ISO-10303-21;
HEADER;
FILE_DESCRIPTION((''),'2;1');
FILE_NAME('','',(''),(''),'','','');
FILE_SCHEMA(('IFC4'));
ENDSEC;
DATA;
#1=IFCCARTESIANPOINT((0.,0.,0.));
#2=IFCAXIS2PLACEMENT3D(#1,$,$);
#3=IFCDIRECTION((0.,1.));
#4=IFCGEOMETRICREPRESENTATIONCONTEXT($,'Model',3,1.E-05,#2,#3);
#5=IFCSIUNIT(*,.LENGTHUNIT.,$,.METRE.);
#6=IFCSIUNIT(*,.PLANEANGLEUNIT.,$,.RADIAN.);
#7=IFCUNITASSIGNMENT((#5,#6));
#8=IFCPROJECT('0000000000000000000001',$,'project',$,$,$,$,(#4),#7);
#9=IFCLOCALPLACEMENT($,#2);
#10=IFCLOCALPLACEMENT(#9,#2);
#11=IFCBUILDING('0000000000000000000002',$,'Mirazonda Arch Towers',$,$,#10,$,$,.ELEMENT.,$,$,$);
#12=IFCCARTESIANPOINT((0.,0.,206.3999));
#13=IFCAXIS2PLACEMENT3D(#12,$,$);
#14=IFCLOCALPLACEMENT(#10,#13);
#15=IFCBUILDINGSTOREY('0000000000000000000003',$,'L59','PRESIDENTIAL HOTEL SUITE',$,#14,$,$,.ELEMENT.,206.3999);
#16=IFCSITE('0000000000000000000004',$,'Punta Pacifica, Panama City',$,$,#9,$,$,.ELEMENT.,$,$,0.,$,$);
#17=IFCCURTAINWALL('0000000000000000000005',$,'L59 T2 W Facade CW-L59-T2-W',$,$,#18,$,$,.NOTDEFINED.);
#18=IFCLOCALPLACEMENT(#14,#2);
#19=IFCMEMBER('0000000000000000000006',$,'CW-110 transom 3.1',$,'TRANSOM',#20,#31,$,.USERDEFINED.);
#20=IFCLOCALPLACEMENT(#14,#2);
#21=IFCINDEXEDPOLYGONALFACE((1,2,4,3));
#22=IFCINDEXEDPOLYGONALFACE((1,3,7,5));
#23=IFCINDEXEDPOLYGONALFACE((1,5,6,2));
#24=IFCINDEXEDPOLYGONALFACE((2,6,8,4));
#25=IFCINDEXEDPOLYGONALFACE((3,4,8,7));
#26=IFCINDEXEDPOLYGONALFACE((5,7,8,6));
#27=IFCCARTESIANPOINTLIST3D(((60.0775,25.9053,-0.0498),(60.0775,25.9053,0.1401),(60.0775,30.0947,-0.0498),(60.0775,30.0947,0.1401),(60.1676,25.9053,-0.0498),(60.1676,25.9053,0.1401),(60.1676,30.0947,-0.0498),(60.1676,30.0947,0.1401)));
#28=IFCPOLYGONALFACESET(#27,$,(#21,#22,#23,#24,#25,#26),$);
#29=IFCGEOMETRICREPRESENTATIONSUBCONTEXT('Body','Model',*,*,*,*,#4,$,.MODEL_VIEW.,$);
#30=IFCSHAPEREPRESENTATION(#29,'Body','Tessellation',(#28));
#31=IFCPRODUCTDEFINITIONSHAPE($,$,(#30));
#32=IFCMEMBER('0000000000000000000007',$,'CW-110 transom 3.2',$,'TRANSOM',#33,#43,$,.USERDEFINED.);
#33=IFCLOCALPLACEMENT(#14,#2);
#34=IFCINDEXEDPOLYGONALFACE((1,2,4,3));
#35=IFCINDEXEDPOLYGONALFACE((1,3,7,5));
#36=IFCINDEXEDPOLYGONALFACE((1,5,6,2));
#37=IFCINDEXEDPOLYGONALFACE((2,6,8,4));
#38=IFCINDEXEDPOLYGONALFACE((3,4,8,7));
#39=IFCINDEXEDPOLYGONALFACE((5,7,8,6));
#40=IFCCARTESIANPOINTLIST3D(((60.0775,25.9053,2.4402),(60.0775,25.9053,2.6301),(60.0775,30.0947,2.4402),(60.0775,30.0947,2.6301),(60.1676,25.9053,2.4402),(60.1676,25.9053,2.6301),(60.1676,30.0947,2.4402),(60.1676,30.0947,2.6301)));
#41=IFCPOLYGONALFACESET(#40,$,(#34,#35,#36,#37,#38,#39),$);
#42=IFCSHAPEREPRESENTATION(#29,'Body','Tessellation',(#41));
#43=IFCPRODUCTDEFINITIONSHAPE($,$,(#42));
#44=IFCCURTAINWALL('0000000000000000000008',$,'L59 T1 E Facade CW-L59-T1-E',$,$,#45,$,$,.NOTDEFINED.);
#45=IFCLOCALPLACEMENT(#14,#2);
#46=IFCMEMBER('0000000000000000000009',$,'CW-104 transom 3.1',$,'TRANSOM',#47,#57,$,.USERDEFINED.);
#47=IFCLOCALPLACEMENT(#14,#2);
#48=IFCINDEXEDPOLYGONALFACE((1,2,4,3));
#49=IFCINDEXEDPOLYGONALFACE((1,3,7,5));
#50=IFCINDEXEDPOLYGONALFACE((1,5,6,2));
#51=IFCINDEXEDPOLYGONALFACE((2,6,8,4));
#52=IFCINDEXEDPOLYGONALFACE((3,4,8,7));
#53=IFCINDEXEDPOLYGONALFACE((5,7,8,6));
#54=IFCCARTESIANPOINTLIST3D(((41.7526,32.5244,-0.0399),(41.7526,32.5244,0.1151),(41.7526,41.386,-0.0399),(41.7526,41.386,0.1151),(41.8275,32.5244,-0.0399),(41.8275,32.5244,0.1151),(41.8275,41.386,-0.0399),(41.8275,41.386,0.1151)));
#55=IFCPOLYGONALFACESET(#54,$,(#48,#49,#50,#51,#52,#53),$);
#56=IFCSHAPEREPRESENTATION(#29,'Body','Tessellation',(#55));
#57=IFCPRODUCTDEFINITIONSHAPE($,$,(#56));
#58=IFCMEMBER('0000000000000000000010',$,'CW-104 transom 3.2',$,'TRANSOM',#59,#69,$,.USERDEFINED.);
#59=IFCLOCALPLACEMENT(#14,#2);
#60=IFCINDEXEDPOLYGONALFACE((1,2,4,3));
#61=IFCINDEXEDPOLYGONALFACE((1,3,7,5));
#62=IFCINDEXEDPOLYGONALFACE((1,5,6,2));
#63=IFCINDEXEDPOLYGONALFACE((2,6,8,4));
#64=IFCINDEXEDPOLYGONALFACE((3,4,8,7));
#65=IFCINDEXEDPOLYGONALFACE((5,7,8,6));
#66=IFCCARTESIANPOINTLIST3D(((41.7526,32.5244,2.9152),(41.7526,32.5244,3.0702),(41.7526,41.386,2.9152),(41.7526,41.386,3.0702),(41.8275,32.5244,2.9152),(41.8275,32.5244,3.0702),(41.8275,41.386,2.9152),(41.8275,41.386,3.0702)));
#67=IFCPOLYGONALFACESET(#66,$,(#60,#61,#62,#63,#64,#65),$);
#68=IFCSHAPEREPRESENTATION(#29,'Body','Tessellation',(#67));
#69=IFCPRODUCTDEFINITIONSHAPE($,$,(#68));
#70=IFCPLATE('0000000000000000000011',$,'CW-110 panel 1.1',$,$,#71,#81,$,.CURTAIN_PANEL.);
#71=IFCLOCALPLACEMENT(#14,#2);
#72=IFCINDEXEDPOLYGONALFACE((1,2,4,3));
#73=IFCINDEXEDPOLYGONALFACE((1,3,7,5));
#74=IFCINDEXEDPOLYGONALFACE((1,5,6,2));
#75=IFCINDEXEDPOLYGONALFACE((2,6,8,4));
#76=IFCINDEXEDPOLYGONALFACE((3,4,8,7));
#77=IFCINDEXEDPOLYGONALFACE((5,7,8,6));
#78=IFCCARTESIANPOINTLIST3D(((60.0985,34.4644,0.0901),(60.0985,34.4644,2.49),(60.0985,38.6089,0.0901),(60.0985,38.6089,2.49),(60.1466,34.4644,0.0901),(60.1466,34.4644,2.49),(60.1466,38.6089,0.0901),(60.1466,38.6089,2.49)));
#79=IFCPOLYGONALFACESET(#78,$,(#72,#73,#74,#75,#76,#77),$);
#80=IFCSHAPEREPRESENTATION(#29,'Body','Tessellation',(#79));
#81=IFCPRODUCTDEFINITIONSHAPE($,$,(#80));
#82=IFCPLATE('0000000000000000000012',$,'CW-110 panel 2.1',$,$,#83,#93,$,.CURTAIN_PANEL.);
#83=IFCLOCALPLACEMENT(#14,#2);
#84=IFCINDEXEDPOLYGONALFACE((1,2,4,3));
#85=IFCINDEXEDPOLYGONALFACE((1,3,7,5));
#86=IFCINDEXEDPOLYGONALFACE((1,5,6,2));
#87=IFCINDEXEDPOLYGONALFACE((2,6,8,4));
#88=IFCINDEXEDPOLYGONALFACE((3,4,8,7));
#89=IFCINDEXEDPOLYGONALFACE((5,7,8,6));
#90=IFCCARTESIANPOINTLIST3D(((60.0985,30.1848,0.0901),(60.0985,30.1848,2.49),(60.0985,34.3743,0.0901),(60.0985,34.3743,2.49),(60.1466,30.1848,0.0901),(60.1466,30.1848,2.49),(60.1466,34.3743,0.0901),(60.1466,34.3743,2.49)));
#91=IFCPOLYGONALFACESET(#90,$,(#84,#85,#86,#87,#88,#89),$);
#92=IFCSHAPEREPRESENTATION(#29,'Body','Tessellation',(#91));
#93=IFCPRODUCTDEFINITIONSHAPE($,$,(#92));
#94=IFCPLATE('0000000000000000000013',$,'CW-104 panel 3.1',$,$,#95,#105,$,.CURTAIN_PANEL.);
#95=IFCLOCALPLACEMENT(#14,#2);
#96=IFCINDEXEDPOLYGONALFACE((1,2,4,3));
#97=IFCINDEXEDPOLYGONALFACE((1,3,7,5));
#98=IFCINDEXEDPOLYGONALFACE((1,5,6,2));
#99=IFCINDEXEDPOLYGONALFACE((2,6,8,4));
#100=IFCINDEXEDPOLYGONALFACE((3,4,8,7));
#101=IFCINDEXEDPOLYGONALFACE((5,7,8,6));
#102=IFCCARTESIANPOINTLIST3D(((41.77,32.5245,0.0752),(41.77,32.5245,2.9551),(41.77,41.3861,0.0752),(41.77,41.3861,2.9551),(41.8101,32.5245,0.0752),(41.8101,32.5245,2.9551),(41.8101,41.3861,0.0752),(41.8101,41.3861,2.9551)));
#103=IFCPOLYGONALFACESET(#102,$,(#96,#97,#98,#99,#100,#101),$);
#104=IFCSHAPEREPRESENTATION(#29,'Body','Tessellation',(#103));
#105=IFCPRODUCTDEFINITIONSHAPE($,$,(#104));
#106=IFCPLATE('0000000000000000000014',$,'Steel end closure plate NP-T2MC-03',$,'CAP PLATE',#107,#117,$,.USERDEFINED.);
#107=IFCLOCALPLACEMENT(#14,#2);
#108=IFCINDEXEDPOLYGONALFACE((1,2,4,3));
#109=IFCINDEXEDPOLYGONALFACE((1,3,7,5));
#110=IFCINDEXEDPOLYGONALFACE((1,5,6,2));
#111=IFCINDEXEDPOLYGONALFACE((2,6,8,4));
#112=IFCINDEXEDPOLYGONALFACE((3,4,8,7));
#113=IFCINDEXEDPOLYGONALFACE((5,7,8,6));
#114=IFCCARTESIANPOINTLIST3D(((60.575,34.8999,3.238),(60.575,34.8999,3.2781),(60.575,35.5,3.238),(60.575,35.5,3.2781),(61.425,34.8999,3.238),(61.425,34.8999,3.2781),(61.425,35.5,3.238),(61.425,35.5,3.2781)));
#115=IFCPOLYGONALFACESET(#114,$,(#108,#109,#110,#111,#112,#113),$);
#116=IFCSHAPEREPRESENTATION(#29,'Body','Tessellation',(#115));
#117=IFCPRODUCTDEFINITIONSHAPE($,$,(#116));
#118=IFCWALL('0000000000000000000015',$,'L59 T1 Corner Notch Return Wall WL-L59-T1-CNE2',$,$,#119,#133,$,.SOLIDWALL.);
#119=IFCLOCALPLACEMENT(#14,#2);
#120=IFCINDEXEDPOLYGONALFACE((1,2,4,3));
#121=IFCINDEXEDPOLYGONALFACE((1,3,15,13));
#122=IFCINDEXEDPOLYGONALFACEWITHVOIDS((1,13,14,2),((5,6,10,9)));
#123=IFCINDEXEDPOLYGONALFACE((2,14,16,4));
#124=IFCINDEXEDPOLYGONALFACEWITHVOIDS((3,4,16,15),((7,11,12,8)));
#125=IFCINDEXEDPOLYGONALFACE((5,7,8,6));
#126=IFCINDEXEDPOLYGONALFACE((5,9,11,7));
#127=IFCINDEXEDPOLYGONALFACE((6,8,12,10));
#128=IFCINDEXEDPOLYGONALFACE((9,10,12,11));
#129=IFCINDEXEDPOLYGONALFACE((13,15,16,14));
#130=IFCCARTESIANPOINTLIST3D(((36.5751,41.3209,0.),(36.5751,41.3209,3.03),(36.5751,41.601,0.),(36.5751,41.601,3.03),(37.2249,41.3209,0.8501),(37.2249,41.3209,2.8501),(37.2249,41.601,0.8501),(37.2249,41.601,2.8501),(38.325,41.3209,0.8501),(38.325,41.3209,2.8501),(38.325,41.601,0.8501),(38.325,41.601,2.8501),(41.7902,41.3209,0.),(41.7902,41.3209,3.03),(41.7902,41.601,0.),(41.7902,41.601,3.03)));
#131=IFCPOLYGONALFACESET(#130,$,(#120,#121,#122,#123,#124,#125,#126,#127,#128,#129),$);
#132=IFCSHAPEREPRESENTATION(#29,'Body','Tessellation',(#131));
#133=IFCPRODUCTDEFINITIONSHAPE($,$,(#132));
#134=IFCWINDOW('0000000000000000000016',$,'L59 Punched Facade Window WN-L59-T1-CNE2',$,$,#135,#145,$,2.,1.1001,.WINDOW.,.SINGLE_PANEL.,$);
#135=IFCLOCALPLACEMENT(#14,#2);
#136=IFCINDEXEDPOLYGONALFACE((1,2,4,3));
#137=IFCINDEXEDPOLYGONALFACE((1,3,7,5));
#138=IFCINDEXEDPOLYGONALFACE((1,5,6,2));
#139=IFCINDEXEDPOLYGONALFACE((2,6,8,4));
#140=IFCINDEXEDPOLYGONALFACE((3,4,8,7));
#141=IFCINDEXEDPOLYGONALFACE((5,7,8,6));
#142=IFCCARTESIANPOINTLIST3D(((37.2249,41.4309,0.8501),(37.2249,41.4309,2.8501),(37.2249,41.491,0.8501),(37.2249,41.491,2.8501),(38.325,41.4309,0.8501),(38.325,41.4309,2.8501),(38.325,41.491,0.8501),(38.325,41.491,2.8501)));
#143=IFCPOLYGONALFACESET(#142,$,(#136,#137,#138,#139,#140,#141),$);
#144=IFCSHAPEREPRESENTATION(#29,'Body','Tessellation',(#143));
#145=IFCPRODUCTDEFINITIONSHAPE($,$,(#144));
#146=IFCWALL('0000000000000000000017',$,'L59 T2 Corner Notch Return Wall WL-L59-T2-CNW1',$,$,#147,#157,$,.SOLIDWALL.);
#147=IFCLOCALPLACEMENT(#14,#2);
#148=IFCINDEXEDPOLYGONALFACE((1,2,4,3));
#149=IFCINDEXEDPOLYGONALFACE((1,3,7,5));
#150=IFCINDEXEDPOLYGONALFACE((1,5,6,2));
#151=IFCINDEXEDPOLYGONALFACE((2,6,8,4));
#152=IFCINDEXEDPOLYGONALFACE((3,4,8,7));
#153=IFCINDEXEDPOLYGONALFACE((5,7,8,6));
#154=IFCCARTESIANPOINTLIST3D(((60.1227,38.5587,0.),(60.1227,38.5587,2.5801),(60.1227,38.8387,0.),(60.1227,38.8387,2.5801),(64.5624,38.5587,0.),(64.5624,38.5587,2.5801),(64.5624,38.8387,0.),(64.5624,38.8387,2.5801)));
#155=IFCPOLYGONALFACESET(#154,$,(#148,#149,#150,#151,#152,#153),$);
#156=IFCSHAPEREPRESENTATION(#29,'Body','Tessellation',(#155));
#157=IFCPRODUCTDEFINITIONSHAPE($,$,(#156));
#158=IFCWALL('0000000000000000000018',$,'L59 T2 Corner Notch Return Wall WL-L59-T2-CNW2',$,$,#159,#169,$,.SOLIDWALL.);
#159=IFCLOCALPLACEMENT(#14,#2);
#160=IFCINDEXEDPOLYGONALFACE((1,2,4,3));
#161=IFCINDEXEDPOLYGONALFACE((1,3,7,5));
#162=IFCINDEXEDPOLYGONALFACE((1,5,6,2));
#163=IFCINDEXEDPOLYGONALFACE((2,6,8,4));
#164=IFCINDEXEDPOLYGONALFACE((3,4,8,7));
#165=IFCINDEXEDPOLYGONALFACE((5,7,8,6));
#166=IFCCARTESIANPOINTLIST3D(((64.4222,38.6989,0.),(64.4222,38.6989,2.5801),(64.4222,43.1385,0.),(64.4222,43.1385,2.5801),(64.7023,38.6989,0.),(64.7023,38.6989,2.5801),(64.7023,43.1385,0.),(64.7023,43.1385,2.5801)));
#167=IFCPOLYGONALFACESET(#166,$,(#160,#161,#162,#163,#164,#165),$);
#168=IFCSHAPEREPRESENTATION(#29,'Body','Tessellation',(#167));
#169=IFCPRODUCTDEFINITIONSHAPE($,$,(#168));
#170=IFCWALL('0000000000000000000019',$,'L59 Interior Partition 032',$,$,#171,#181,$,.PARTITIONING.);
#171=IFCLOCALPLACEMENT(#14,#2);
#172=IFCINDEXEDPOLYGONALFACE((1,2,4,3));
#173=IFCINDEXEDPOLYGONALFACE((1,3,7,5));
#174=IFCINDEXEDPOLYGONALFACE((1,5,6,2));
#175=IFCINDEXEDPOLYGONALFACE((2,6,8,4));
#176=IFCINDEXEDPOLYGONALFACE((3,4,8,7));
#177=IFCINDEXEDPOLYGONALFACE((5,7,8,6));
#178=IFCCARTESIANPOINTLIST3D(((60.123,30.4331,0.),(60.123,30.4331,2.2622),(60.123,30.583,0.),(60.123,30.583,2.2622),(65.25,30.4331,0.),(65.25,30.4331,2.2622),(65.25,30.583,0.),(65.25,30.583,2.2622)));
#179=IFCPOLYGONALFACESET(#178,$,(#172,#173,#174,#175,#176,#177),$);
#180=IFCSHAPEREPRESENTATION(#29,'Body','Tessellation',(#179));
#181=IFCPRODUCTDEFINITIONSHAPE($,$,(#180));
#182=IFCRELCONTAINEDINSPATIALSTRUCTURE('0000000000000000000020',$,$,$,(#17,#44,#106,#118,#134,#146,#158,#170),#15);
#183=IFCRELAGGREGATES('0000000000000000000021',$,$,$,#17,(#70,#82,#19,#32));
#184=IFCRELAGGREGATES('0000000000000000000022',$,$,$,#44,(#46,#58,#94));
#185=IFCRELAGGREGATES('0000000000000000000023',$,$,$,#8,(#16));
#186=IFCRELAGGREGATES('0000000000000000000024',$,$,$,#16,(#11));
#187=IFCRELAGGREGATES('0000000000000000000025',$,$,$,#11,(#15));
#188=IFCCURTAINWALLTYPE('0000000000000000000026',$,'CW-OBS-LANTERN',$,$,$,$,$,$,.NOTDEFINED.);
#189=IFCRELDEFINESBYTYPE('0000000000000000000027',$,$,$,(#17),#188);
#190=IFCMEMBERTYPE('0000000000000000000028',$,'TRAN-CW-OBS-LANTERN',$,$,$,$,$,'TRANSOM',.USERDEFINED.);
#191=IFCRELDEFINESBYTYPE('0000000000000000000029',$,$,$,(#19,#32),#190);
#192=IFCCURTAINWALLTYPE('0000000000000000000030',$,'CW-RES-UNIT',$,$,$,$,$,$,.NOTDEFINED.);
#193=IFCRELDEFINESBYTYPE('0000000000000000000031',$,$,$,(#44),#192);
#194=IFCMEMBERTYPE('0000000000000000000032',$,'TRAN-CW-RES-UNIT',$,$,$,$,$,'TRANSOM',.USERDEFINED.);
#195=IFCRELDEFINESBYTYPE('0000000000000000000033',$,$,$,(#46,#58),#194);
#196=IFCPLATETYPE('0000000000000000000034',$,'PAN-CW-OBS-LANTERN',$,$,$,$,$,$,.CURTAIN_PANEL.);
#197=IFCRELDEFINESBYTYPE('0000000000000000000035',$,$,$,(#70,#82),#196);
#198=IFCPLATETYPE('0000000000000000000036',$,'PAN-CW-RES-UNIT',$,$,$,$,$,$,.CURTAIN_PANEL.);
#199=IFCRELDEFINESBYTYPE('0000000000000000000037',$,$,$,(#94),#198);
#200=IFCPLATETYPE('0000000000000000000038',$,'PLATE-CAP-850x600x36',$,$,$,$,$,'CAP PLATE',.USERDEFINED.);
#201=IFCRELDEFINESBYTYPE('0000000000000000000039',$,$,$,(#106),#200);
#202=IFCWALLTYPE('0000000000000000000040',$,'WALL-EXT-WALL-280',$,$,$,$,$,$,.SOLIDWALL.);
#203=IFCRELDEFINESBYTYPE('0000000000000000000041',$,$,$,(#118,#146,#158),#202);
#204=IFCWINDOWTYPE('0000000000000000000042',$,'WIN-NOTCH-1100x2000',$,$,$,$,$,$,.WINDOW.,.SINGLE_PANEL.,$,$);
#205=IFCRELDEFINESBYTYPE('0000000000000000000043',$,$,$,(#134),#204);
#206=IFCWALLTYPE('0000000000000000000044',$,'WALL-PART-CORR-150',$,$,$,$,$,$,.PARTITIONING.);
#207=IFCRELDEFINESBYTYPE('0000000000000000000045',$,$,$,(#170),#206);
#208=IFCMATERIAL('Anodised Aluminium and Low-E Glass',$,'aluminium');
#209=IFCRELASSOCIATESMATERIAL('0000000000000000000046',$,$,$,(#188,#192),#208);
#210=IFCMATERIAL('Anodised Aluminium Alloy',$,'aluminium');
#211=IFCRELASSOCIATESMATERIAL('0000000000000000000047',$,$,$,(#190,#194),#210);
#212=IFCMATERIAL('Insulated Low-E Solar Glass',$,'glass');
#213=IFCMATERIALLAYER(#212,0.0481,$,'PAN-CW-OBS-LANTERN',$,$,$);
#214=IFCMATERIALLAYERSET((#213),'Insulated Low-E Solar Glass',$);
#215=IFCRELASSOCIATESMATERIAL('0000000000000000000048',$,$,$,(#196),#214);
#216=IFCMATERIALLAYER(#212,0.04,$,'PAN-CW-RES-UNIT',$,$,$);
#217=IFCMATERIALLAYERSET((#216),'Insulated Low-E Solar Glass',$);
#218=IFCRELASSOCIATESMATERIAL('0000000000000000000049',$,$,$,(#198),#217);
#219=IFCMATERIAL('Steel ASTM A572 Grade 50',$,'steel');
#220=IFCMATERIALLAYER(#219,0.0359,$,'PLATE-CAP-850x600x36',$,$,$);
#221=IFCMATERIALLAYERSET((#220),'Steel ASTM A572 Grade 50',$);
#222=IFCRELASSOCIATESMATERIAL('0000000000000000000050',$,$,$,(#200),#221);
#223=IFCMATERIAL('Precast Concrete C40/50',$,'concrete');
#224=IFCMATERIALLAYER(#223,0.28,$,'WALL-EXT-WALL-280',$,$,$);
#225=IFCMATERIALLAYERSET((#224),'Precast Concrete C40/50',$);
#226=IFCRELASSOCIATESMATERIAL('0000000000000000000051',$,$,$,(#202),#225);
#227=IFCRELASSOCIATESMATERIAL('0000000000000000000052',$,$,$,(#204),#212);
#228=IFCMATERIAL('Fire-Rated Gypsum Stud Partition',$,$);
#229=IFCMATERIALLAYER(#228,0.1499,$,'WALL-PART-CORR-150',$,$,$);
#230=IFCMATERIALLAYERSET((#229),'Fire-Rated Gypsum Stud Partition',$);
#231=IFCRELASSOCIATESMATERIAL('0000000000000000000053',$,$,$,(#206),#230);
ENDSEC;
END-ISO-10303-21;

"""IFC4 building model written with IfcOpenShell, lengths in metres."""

from ifc_helpers import new_model, si_unit, direction, frame, frame_2d, origin, origin_2d, place, context, subcontext, project, spatial, rectangle, extrude, material, layer, layer_set, material_profile, profile_set, type_object, element, fill, aggregate, save


model = new_model("IFC4")

# Units and contexts
model_context = context("Model", 3, precision=1e-05, world=origin(), true_north=direction((0.0, 1.0)))
body_context = subcontext(model_context, "Body", "Model", "MODEL_VIEW")
ifc_project = project(units=[si_unit("LENGTHUNIT", "METRE"), si_unit("PLANEANGLEUNIT", "RADIAN")], contexts=[model_context])

# Site, building, storey
site_placement = place(None, origin())
site = spatial("IfcSite", under=ifc_project, at=site_placement, Name="Punta Pacifica, Panama City", CompositionType="ELEMENT", RefElevation=0.0)
building_placement = place(site_placement, origin())
building = spatial("IfcBuilding", under=site, at=building_placement, Name="Mirazonda Arch Towers", CompositionType="ELEMENT")
storey_placement = place(building_placement, frame((0.0, 0.0, 206.3999)))
storey = spatial("IfcBuildingStorey", under=building, at=storey_placement, Name="L59", Description="PRESIDENTIAL HOTEL SUITE", CompositionType="ELEMENT", Elevation=206.3999)

# Shared definitions
ifc_material_1 = material(Name="Steel ASTM A572 Grade 50", Category="steel")

# Shared definitions
ifc_material_2 = material(Name="Anodised Aluminium and Low-E Glass", Category="aluminium")
curtain_wall_type_1 = type_object("IfcCurtainWallType", Name="CW-OBS-LANTERN", PredefinedType="NOTDEFINED", material=ifc_material_2)
ifc_material_3 = material(Name="Anodised Aluminium Alloy", Category="aluminium")

# Curtain wall
curtain_wall_1_placement = place(storey_placement, origin())
curtain_wall_1 = element("IfcCurtainWall", 1, at=curtain_wall_1_placement, inside=storey, type_object=curtain_wall_type_1, Name="L59 T2 W Facade CW-L59-T2-W", PredefinedType="NOTDEFINED")

# Members
ifc_material_profile_1 = material_profile(ifc_material_3, rectangle(XDim=0.0901, YDim=0.1899, at=origin_2d()), Name="ALU-TRAN-90x190")
ifc_profile_set_1 = profile_set([ifc_material_profile_1], Name="Anodised Aluminium Alloy")
member_type_1 = type_object("IfcMemberType", Name="TRAN-CW-OBS-LANTERN", ElementType="TRANSOM", PredefinedType="USERDEFINED", material=ifc_profile_set_1)
member_1_placement = place(storey_placement, frame((60.1226, 30.0947, 0.0452), z_axis=(0.0, -1.0, 0.0), x_axis=(1.0, 0.0, 0.0)))
member_1 = element("IfcMember", 2, at=member_1_placement, type_object=member_type_1, Name="CW-110 transom 3.1", ObjectType="TRANSOM", PredefinedType="USERDEFINED", context=body_context, shape_type="SweptSolid", body=[
    extrude(rectangle(XDim=0.0901, YDim=0.1899, at=origin_2d()), origin(), (0.0, 0.0, 1.0), 4.1895),
])
member_2_placement = place(storey_placement, frame((60.1226, 30.0947, 2.5352), z_axis=(0.0, -1.0, 0.0), x_axis=(1.0, 0.0, 0.0)))
member_2 = element("IfcMember", 3, at=member_2_placement, type_object=member_type_1, Name="CW-110 transom 3.2", ObjectType="TRANSOM", PredefinedType="USERDEFINED", context=body_context, shape_type="SweptSolid", body=[
    extrude(rectangle(XDim=0.0901, YDim=0.1899, at=origin_2d()), origin(), (0.0, 0.0, 1.0), 4.1895),
])

# Curtain wall, members
curtain_wall_type_2 = type_object("IfcCurtainWallType", Name="CW-RES-UNIT", PredefinedType="NOTDEFINED", material=ifc_material_2)
curtain_wall_2_placement = place(storey_placement, origin())
curtain_wall_2 = element("IfcCurtainWall", 4, at=curtain_wall_2_placement, inside=storey, type_object=curtain_wall_type_2, Name="L59 T1 E Facade CW-L59-T1-E", PredefinedType="NOTDEFINED")
ifc_material_profile_2 = material_profile(ifc_material_3, rectangle(XDim=0.075, YDim=0.155, at=origin_2d()), Name="ALU-TRAN-75x155")
ifc_profile_set_2 = profile_set([ifc_material_profile_2], Name="Anodised Aluminium Alloy")
member_type_2 = type_object("IfcMemberType", Name="TRAN-CW-RES-UNIT", ElementType="TRANSOM", PredefinedType="USERDEFINED", material=ifc_profile_set_2)
member_3_placement = place(storey_placement, frame((41.79, 32.5244, 0.0376), z_axis=(0.0, 1.0, 0.0), x_axis=(-1.0, 0.0, 0.0)))
member_3 = element("IfcMember", 5, at=member_3_placement, type_object=member_type_2, Name="CW-104 transom 3.1", ObjectType="TRANSOM", PredefinedType="USERDEFINED", context=body_context, shape_type="SweptSolid", body=[
    extrude(rectangle(XDim=0.075, YDim=0.155, at=origin_2d()), origin(), (0.0, 0.0, 1.0), 8.8616),
])
member_4_placement = place(storey_placement, frame((41.79, 32.5244, 2.9927), z_axis=(0.0, 1.0, 0.0), x_axis=(-1.0, 0.0, 0.0)))
member_4 = element("IfcMember", 6, at=member_4_placement, type_object=member_type_2, Name="CW-104 transom 3.2", ObjectType="TRANSOM", PredefinedType="USERDEFINED", context=body_context, shape_type="SweptSolid", body=[
    extrude(rectangle(XDim=0.075, YDim=0.155, at=origin_2d()), origin(), (0.0, 0.0, 1.0), 8.8616),
])

# Plates
ifc_material_4 = material(Name="Insulated Low-E Solar Glass", Category="glass")
ifc_layer_1 = layer(ifc_material_4, 0.0481, Name="PAN-CW-OBS-LANTERN")
ifc_layer_set_1 = layer_set([ifc_layer_1], Name="Insulated Low-E Solar Glass")
plate_type_1 = type_object("IfcPlateType", Name="PAN-CW-OBS-LANTERN", PredefinedType="CURTAIN_PANEL", material=ifc_layer_set_1)
plate_1_placement = place(storey_placement, frame((60.1226, 36.5366, 0.0901), z_axis=(0.0, 0.0, 1.0), x_axis=(0.0, -1.0, 0.0)))
plate_1 = element("IfcPlate", 7, at=plate_1_placement, type_object=plate_type_1, Name="CW-110 panel 1.1", PredefinedType="CURTAIN_PANEL", context=body_context, shape_type="SweptSolid", body=[
    extrude(rectangle(XDim=4.1445, YDim=0.0481, at=origin_2d()), origin(), (0.0, 0.0, 1.0), 2.3999),
])
plate_2_placement = place(storey_placement, frame((60.1226, 32.2795, 0.0901), z_axis=(0.0, 0.0, 1.0), x_axis=(0.0, -1.0, 0.0)))
plate_2 = element("IfcPlate", 8, at=plate_2_placement, type_object=plate_type_1, Name="CW-110 panel 2.1", PredefinedType="CURTAIN_PANEL", context=body_context, shape_type="SweptSolid", body=[
    extrude(rectangle(XDim=4.1895, YDim=0.0481, at=origin_2d()), origin(), (0.0, 0.0, 1.0), 2.3999),
])
aggregate(curtain_wall_1, [plate_1, plate_2, member_1, member_2])
ifc_layer_2 = layer(ifc_material_4, 0.04, Name="PAN-CW-RES-UNIT")
ifc_layer_set_2 = layer_set([ifc_layer_2], Name="Insulated Low-E Solar Glass")
plate_type_2 = type_object("IfcPlateType", Name="PAN-CW-RES-UNIT", PredefinedType="CURTAIN_PANEL", material=ifc_layer_set_2)
plate_3_placement = place(storey_placement, frame((41.79, 36.9553, 0.0752), z_axis=(0.0, 0.0, 1.0), x_axis=(0.0, 1.0, 0.0)))
plate_3 = element("IfcPlate", 9, at=plate_3_placement, type_object=plate_type_2, Name="CW-104 panel 3.1", PredefinedType="CURTAIN_PANEL", context=body_context, shape_type="SweptSolid", body=[
    extrude(rectangle(XDim=8.8616, YDim=0.04, at=origin_2d()), origin(), (0.0, 0.0, 1.0), 2.8799),
])
aggregate(curtain_wall_2, [member_3, member_4, plate_3])
ifc_layer_3 = layer(ifc_material_1, 0.0359, Name="PLATE-CAP-850x600x36")
ifc_layer_set_3 = layer_set([ifc_layer_3], Name="Steel ASTM A572 Grade 50")
plate_type_3 = type_object("IfcPlateType", Name="PLATE-CAP-850x600x36", ElementType="CAP PLATE", PredefinedType="USERDEFINED", material=ifc_layer_set_3)
plate_4_placement = place(storey_placement, frame((61.0, 35.2, 3.238), z_axis=(0.0, 0.0, 1.0), x_axis=(1.0, 0.0, 0.0)))
element("IfcPlate", 10, at=plate_4_placement, inside=storey, type_object=plate_type_3, Name="Steel end closure plate NP-T2MC-03", ObjectType="CAP PLATE", PredefinedType="USERDEFINED", context=body_context, shape_type="SweptSolid", body=[
    extrude(rectangle(XDim=0.8501, YDim=0.6001, at=origin_2d()), origin(), (0.0, 0.0, 1.0), 0.04),
])

# Wall, opening, window
ifc_material_5 = material(Name="Precast Concrete C40/50", Category="concrete")
ifc_layer_4 = layer(ifc_material_5, 0.28, Name="WALL-EXT-WALL-280")
ifc_layer_set_4 = layer_set([ifc_layer_4], Name="Precast Concrete C40/50")
wall_type_1 = type_object("IfcWallType", Name="WALL-EXT-WALL-280", PredefinedType="SOLIDWALL", material=ifc_layer_set_4)
wall_1_placement = place(storey_placement, frame((41.79, 41.4609, 0.0), z_axis=(0.0, 0.0, 1.0), x_axis=(-1.0, 0.0, 0.0)))
wall_1 = element("IfcWall", 11, at=wall_1_placement, inside=storey, type_object=wall_type_1, Name="L59 T1 Corner Notch Return Wall WL-L59-T1-CNE2", PredefinedType="SOLIDWALL", context=body_context, shape_type="SweptSolid", body=[
    extrude(rectangle(XDim=5.2151, YDim=0.28, at=frame_2d((2.6074, 0.0))), origin(), (0.0, 0.0, 1.0), 3.03),
])
opening_1_placement = place(wall_1_placement, frame((3.4651, 0.0, 0.8501)))
opening_1 = element("IfcOpeningElement", 12, at=opening_1_placement, cuts=wall_1, PredefinedType="OPENING", context=body_context, shape_type="SweptSolid", body=[
    extrude(rectangle(XDim=1.1001, YDim=2.0, at=frame_2d((0.55, 1.0))), frame((0.0, 0.1499, 0.0), z_axis=(0.0, -1.0, 0.0), x_axis=(1.0, 0.0, 0.0)), (0.0, 0.0, 1.0), 0.3),
])
window_type = type_object("IfcWindowType", Name="WIN-NOTCH-1100x2000", PartitioningType="SINGLE_PANEL", PredefinedType="WINDOW", material=ifc_material_4)
window_placement = place(opening_1_placement, origin())
window = element("IfcWindow", 13, at=window_placement, inside=storey, type_object=window_type, Name="L59 Punched Facade Window WN-L59-T1-CNE2", OverallHeight=2.0, OverallWidth=1.1001, PartitioningType="SINGLE_PANEL", PredefinedType="WINDOW", context=body_context, shape_type="SweptSolid", body=[
    extrude(rectangle(XDim=1.1001, YDim=2.0, at=frame_2d((0.55, 1.0))), frame((0.0, 0.03, 0.0), z_axis=(0.0, -1.0, 0.0), x_axis=(1.0, 0.0, 0.0)), (0.0, 0.0, 1.0), 0.0601),
])
fill(opening_1, window)

# Walls
for number, where, z_axis, x_axis, name in (
    (14, (64.5623, 38.6987, 0.0), (0.0, 0.0, 1.0), (-1.0, 0.0, 0.0), "L59 T2 Corner Notch Return Wall WL-L59-T2-CNW1"),
    (15, (64.5623, 43.1384, 0.0), (0.0, 0.0, 1.0), (0.0, -1.0, 0.0), "L59 T2 Corner Notch Return Wall WL-L59-T2-CNW2"),
):
    element("IfcWall", number, at=place(storey_placement, frame(where, z_axis=z_axis, x_axis=x_axis)), inside=storey, type_object=wall_type_1, Name=name, PredefinedType="SOLIDWALL", context=body_context, shape_type="SweptSolid", body=[
        extrude(rectangle(XDim=4.4397, YDim=0.28, at=frame_2d((2.2197, 0.0))), origin(), (0.0, 0.0, 1.0), 2.5801),
    ])
ifc_material_6 = material(Name="Fire-Rated Gypsum Stud Partition")
ifc_layer_5 = layer(ifc_material_6, 0.1499, Name="WALL-PART-CORR-150")
ifc_layer_set_5 = layer_set([ifc_layer_5], Name="Fire-Rated Gypsum Stud Partition")
wall_type_2 = type_object("IfcWallType", Name="WALL-PART-CORR-150", PredefinedType="PARTITIONING", material=ifc_layer_set_5)
wall_2_placement = place(storey_placement, frame((60.123, 30.5081, 0.0), z_axis=(0.0, 0.0, 1.0), x_axis=(1.0, 0.0, 0.0)))
element("IfcWall", 16, at=wall_2_placement, inside=storey, type_object=wall_type_2, Name="L59 Interior Partition 032", PredefinedType="PARTITIONING", context=body_context, shape_type="SweptSolid", body=[
    extrude(rectangle(XDim=5.127, YDim=0.1499, at=frame_2d((2.5635, 0.0))), origin(), (0.0, 0.0, 1.0), 2.2622),
])

save(model, "model.ifc")
